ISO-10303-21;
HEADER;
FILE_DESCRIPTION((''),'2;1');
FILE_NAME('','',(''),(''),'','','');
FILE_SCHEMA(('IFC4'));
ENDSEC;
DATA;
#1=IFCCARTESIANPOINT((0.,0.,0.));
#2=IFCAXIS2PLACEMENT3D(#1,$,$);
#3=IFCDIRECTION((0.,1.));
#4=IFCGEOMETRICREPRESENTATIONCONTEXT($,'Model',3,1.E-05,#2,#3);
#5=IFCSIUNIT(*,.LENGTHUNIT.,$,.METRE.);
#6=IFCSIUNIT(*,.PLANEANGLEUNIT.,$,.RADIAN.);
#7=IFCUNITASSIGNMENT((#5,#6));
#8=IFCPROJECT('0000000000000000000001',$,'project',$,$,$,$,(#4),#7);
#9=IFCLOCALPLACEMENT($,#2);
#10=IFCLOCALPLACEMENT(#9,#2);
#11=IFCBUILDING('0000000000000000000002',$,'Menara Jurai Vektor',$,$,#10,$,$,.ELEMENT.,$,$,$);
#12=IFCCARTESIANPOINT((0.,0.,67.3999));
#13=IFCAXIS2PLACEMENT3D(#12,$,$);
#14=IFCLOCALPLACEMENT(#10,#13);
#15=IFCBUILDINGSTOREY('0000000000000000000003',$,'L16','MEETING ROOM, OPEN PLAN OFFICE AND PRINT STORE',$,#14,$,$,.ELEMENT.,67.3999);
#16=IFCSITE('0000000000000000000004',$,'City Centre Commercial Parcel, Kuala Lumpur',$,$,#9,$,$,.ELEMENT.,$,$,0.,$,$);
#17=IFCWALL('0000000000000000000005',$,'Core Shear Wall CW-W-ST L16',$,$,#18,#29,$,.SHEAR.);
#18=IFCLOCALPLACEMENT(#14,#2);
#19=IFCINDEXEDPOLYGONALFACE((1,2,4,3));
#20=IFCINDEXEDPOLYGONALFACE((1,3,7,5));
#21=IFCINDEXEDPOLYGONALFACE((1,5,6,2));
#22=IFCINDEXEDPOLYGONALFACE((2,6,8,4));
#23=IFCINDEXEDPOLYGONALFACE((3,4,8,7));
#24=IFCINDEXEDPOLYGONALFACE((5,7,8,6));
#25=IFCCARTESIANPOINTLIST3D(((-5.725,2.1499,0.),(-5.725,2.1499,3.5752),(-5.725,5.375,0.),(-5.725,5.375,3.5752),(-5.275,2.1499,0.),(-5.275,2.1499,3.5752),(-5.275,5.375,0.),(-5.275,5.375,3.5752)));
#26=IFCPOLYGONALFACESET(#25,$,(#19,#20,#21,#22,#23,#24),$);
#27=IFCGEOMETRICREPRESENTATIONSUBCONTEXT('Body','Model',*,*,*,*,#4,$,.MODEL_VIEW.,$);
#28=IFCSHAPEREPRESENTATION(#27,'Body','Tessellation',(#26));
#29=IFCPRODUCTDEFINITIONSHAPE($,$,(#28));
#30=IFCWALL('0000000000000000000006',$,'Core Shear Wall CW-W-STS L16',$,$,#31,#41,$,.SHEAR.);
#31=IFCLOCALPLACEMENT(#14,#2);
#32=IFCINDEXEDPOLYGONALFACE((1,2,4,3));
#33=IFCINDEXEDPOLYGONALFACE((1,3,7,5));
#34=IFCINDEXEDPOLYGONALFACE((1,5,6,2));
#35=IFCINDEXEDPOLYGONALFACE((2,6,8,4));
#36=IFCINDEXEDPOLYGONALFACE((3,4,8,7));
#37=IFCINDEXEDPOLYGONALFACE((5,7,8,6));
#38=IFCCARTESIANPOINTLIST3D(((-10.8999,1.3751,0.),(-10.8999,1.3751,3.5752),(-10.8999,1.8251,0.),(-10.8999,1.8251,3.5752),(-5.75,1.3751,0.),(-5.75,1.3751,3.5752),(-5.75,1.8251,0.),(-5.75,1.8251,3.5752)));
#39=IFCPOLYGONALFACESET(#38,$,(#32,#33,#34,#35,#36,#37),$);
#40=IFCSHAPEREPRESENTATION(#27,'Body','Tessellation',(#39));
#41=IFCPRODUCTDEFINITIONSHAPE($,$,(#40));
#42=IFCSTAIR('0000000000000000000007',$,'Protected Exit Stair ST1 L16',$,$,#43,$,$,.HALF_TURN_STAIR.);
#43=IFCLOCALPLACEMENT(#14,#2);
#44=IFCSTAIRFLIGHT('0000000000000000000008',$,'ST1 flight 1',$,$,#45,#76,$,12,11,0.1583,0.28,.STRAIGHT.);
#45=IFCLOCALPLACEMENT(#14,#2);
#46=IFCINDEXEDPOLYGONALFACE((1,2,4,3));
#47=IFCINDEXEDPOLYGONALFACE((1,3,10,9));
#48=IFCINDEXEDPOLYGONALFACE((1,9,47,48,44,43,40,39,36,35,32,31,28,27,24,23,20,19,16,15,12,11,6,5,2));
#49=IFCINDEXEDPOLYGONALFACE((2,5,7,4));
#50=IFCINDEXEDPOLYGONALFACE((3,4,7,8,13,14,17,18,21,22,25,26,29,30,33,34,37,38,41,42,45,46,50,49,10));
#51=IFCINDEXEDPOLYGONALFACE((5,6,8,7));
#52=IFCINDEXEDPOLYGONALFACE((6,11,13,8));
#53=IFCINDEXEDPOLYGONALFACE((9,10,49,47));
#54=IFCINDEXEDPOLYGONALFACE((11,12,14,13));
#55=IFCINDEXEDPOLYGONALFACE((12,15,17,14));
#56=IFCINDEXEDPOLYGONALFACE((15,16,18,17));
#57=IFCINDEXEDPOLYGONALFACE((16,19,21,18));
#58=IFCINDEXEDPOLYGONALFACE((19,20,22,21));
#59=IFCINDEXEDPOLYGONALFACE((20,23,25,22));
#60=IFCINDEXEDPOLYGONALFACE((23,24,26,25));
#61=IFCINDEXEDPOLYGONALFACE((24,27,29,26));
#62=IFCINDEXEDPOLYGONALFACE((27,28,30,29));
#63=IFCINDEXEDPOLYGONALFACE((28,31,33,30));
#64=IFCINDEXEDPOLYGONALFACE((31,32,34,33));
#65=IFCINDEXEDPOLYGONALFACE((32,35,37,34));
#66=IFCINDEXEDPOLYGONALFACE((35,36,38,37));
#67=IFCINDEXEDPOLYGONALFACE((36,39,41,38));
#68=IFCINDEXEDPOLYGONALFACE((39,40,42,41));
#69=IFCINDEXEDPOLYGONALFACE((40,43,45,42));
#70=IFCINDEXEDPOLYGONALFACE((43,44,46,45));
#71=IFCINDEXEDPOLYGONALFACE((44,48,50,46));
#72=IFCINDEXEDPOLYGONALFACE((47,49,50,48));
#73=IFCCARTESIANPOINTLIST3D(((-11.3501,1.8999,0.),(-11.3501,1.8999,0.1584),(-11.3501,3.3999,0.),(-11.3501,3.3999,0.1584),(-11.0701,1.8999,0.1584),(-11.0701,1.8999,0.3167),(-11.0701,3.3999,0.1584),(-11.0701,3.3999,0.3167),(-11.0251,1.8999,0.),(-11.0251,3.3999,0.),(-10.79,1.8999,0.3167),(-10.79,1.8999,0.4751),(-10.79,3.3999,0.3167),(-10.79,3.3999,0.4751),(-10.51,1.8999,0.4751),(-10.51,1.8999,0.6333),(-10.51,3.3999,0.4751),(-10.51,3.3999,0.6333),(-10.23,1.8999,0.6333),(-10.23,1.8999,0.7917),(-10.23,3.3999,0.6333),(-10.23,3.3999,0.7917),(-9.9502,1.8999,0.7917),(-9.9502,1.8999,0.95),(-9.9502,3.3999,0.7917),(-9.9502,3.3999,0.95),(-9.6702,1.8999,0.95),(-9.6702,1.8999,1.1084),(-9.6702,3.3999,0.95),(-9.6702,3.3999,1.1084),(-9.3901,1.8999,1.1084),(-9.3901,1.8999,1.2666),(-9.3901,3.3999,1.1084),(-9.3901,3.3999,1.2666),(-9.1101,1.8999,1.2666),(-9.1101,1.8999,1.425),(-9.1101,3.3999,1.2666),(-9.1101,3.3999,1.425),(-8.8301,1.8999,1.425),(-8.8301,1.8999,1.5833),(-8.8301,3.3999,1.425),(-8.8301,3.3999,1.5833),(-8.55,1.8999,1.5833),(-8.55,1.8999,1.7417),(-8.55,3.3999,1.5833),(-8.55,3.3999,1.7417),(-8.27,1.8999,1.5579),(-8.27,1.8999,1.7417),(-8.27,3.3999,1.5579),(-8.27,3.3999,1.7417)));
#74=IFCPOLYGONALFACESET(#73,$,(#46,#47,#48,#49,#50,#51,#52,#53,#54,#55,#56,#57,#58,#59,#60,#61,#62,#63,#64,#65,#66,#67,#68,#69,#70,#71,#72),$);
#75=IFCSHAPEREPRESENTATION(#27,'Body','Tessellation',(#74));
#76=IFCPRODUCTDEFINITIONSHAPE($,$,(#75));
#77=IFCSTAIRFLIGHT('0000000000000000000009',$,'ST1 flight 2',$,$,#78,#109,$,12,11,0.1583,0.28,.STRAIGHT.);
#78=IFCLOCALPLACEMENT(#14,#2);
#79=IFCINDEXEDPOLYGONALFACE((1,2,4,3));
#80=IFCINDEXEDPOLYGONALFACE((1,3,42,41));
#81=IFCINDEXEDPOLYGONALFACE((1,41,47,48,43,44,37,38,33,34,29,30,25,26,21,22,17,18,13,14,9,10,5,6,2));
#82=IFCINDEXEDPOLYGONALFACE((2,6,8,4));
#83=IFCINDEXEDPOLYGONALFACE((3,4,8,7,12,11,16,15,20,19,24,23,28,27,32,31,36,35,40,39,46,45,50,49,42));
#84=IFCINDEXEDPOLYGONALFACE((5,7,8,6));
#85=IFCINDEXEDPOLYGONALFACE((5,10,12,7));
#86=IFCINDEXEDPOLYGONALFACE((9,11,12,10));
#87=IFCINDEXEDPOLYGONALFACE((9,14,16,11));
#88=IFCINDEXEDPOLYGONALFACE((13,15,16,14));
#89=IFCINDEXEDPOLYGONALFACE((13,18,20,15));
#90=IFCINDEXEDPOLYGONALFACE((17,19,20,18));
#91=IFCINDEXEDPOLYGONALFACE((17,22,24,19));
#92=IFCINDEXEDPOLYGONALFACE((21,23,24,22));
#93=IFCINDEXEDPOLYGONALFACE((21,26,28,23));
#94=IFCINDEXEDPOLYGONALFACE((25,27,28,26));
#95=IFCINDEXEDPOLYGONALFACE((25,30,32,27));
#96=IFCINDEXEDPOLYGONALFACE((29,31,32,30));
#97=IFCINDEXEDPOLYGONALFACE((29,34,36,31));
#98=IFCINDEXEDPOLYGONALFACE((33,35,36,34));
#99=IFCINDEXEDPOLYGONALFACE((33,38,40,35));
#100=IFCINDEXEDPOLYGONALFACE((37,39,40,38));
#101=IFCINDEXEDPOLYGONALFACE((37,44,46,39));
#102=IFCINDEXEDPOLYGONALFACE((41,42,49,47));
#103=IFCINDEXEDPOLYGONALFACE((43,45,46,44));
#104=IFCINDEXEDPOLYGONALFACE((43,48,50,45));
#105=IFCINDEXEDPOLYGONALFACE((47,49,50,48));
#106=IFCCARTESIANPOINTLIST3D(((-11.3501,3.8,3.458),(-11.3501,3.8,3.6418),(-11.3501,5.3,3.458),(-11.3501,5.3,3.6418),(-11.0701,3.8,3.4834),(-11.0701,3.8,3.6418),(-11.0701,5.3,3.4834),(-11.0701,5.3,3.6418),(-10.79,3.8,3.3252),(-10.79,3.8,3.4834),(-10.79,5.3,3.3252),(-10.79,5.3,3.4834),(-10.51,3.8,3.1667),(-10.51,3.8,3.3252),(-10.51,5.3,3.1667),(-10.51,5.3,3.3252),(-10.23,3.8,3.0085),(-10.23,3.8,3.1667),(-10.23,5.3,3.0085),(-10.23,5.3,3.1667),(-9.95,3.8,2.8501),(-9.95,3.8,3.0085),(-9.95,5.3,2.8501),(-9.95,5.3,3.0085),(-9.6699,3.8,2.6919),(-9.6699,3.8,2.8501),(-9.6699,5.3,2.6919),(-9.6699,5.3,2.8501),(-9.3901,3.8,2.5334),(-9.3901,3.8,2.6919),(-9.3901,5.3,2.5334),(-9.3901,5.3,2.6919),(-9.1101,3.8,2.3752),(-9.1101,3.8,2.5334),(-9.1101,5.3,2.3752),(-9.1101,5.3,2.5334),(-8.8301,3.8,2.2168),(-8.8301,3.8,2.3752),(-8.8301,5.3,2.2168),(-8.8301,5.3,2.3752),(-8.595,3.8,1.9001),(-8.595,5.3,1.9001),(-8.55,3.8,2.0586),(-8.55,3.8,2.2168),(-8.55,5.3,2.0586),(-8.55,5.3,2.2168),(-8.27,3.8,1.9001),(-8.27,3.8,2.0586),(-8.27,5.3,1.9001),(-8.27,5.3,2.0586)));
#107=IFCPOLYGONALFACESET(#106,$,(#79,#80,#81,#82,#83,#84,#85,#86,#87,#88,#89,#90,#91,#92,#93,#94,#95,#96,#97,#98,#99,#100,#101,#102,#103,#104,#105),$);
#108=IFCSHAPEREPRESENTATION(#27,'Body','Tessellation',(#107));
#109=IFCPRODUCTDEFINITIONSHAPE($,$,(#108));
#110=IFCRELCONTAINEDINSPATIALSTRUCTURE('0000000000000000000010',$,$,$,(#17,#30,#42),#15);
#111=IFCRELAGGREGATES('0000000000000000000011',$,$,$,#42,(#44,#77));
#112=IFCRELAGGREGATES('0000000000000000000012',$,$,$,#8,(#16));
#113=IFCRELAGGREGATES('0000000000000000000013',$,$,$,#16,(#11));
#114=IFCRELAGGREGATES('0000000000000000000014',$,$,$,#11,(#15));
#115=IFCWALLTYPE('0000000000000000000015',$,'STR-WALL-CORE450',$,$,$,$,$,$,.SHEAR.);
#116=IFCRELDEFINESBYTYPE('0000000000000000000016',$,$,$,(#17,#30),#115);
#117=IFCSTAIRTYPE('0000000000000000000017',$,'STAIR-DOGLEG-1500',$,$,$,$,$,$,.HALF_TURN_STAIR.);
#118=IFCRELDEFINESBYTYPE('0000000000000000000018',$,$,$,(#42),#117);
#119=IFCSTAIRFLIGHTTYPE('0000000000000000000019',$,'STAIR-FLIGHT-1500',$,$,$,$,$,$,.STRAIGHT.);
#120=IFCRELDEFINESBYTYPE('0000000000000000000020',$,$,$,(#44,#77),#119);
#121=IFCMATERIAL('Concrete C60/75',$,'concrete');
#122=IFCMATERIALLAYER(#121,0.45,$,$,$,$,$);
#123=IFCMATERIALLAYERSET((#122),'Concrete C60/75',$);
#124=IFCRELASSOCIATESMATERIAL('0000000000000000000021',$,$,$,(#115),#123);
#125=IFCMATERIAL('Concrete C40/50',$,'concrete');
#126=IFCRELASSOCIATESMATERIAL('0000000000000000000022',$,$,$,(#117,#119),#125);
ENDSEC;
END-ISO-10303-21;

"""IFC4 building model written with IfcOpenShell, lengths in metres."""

from ifc_helpers import new_model, si_unit, direction, frame, frame_2d, origin, place, context, subcontext, project, spatial, polyline, rectangle, outline, extrude, material, layer, layer_set, type_object, element, aggregate, save


model = new_model("IFC4")

# Units and contexts
model_context = context("Model", 3, precision=1e-05, world=origin(), true_north=direction((0.0, 1.0)))
body_context = subcontext(model_context, "Body", "Model", "MODEL_VIEW")
ifc_project = project(units=[si_unit("LENGTHUNIT", "METRE"), si_unit("PLANEANGLEUNIT", "RADIAN")], contexts=[model_context])

# Site, building, storey
site_placement = place(None, origin())
site = spatial("IfcSite", under=ifc_project, at=site_placement, Name="City Centre Commercial Parcel, Kuala Lumpur", CompositionType="ELEMENT", RefElevation=0.0)
building_placement = place(site_placement, origin())
building = spatial("IfcBuilding", under=site, at=building_placement, Name="Menara Jurai Vektor", CompositionType="ELEMENT")
storey_placement = place(building_placement, frame((0.0, 0.0, 67.3999)))
storey = spatial("IfcBuildingStorey", under=building, at=storey_placement, Name="L16", Description="MEETING ROOM, OPEN PLAN OFFICE AND PRINT STORE", CompositionType="ELEMENT", Elevation=67.3999)

# Shared definitions
ifc_material_1 = material(Name="Concrete C60/75", Category="concrete")

# Shared definitions
ifc_material_2 = material(Name="Concrete C40/50", Category="concrete")

# Walls
ifc_layer_1 = layer(ifc_material_1, 0.45)
ifc_layer_set_1 = layer_set([ifc_layer_1], Name="Concrete C60/75")
wall_type_1 = type_object("IfcWallType", Name="STR-WALL-CORE450", PredefinedType="SHEAR", material=ifc_layer_set_1)
wall_1_placement = place(storey_placement, frame((-5.5, 2.1499, 0.0), z_axis=(0.0, 0.0, 1.0), x_axis=(0.0, 1.0, 0.0)))
element("IfcWall", 1, at=wall_1_placement, inside=storey, type_object=wall_type_1, Name="Core Shear Wall CW-W-ST L16", PredefinedType="SHEAR", context=body_context, shape_type="SweptSolid", body=[
    extrude(rectangle(XDim=3.2251, YDim=0.45, at=frame_2d((1.6125, 0.0))), origin(), (0.0, 0.0, 1.0), 3.5752),
])
wall_2_placement = place(storey_placement, frame((-10.8999, 1.6001, 0.0), z_axis=(0.0, 0.0, 1.0), x_axis=(1.0, 0.0, 0.0)))
element("IfcWall", 2, at=wall_2_placement, inside=storey, type_object=wall_type_1, Name="Core Shear Wall CW-W-STS L16", PredefinedType="SHEAR", context=body_context, shape_type="SweptSolid", body=[
    extrude(rectangle(XDim=5.1499, YDim=0.45, at=frame_2d((2.575, 0.0))), origin(), (0.0, 0.0, 1.0), 3.5752),
])

# Stair, stair flights
stair_type = type_object("IfcStairType", Name="STAIR-DOGLEG-1500", PredefinedType="HALF_TURN_STAIR", material=ifc_material_2)
stair_placement = place(storey_placement, origin())
stair = element("IfcStair", 3, at=stair_placement, inside=storey, type_object=stair_type, Name="Protected Exit Stair ST1 L16", PredefinedType="HALF_TURN_STAIR")
stair_flight_type = type_object("IfcStairFlightType", Name="STAIR-FLIGHT-1500", PredefinedType="STRAIGHT", material=ifc_material_2)
stair_flight_1_placement = place(storey_placement, frame((-11.3501, 2.6499, 0.0), z_axis=(0.0, 0.0, 1.0), x_axis=(1.0, 0.0, 0.0)))
stair_flight_1 = element("IfcStairFlight", 4, at=stair_flight_1_placement, type_object=stair_flight_type, Name="ST1 flight 1", NumberOfRisers=12, NumberOfTreads=11, PredefinedType="STRAIGHT", RiserHeight=0.1583, TreadLength=0.28, context=body_context, shape_type="SweptSolid", body=[
    extrude(outline(polyline([(0.0, 0.0), (0.0, 0.1584), (0.28, 0.1584), (0.28, 0.3167), (0.5601, 0.3167), (0.5601, 0.4751), (0.8401, 0.4751), (0.8401, 0.6333), (1.1201, 0.6333), (1.1201, 0.7917), (1.3999, 0.7917), (1.3999, 0.95), (1.6799, 0.95), (1.6799, 1.1084), (1.96, 1.1084), (1.96, 1.2666), (2.24, 1.2666), (2.24, 1.425), (2.52, 1.425), (2.52, 1.5833), (2.8, 1.5833), (2.8, 1.7417), (3.0801, 1.7417), (3.0801, 1.8999), (3.0801, 1.5579), (0.325, 0.0), (0.0, 0.0)])), frame((0.0, 0.75, 0.0), z_axis=(0.0, -1.0, 0.0), x_axis=(1.0, 0.0, 0.0)), (0.0, 0.0, 1.0), 1.5),
])
stair_flight_2_placement = place(storey_placement, frame((-8.27, 4.55, 1.9001), z_axis=(0.0, 0.0, 1.0), x_axis=(-1.0, 0.0, 0.0)))
stair_flight_2 = element("IfcStairFlight", 5, at=stair_flight_2_placement, type_object=stair_flight_type, Name="ST1 flight 2", NumberOfRisers=12, NumberOfTreads=11, PredefinedType="STRAIGHT", RiserHeight=0.1583, TreadLength=0.28, context=body_context, shape_type="SweptSolid", body=[
    extrude(outline(polyline([(0.0, 0.0), (0.0, 0.1584), (0.28, 0.1584), (0.28, 0.3167), (0.5601, 0.3167), (0.5601, 0.4751), (0.8401, 0.4751), (0.8401, 0.6333), (1.1201, 0.6333), (1.1201, 0.7917), (1.3999, 0.7917), (1.3999, 0.95), (1.6799, 0.95), (1.6799, 1.1084), (1.96, 1.1084), (1.96, 1.2666), (2.24, 1.2666), (2.24, 1.425), (2.52, 1.425), (2.52, 1.5833), (2.8, 1.5833), (2.8, 1.7417), (3.0801, 1.7417), (3.0801, 1.8999), (3.0801, 1.5579), (0.325, 0.0), (0.0, 0.0)])), frame((0.0, 0.75, 0.0), z_axis=(0.0, -1.0, 0.0), x_axis=(1.0, 0.0, 0.0)), (0.0, 0.0, 1.0), 1.5),
])
aggregate(stair, [stair_flight_1, stair_flight_2])

save(model, "model.ifc")
